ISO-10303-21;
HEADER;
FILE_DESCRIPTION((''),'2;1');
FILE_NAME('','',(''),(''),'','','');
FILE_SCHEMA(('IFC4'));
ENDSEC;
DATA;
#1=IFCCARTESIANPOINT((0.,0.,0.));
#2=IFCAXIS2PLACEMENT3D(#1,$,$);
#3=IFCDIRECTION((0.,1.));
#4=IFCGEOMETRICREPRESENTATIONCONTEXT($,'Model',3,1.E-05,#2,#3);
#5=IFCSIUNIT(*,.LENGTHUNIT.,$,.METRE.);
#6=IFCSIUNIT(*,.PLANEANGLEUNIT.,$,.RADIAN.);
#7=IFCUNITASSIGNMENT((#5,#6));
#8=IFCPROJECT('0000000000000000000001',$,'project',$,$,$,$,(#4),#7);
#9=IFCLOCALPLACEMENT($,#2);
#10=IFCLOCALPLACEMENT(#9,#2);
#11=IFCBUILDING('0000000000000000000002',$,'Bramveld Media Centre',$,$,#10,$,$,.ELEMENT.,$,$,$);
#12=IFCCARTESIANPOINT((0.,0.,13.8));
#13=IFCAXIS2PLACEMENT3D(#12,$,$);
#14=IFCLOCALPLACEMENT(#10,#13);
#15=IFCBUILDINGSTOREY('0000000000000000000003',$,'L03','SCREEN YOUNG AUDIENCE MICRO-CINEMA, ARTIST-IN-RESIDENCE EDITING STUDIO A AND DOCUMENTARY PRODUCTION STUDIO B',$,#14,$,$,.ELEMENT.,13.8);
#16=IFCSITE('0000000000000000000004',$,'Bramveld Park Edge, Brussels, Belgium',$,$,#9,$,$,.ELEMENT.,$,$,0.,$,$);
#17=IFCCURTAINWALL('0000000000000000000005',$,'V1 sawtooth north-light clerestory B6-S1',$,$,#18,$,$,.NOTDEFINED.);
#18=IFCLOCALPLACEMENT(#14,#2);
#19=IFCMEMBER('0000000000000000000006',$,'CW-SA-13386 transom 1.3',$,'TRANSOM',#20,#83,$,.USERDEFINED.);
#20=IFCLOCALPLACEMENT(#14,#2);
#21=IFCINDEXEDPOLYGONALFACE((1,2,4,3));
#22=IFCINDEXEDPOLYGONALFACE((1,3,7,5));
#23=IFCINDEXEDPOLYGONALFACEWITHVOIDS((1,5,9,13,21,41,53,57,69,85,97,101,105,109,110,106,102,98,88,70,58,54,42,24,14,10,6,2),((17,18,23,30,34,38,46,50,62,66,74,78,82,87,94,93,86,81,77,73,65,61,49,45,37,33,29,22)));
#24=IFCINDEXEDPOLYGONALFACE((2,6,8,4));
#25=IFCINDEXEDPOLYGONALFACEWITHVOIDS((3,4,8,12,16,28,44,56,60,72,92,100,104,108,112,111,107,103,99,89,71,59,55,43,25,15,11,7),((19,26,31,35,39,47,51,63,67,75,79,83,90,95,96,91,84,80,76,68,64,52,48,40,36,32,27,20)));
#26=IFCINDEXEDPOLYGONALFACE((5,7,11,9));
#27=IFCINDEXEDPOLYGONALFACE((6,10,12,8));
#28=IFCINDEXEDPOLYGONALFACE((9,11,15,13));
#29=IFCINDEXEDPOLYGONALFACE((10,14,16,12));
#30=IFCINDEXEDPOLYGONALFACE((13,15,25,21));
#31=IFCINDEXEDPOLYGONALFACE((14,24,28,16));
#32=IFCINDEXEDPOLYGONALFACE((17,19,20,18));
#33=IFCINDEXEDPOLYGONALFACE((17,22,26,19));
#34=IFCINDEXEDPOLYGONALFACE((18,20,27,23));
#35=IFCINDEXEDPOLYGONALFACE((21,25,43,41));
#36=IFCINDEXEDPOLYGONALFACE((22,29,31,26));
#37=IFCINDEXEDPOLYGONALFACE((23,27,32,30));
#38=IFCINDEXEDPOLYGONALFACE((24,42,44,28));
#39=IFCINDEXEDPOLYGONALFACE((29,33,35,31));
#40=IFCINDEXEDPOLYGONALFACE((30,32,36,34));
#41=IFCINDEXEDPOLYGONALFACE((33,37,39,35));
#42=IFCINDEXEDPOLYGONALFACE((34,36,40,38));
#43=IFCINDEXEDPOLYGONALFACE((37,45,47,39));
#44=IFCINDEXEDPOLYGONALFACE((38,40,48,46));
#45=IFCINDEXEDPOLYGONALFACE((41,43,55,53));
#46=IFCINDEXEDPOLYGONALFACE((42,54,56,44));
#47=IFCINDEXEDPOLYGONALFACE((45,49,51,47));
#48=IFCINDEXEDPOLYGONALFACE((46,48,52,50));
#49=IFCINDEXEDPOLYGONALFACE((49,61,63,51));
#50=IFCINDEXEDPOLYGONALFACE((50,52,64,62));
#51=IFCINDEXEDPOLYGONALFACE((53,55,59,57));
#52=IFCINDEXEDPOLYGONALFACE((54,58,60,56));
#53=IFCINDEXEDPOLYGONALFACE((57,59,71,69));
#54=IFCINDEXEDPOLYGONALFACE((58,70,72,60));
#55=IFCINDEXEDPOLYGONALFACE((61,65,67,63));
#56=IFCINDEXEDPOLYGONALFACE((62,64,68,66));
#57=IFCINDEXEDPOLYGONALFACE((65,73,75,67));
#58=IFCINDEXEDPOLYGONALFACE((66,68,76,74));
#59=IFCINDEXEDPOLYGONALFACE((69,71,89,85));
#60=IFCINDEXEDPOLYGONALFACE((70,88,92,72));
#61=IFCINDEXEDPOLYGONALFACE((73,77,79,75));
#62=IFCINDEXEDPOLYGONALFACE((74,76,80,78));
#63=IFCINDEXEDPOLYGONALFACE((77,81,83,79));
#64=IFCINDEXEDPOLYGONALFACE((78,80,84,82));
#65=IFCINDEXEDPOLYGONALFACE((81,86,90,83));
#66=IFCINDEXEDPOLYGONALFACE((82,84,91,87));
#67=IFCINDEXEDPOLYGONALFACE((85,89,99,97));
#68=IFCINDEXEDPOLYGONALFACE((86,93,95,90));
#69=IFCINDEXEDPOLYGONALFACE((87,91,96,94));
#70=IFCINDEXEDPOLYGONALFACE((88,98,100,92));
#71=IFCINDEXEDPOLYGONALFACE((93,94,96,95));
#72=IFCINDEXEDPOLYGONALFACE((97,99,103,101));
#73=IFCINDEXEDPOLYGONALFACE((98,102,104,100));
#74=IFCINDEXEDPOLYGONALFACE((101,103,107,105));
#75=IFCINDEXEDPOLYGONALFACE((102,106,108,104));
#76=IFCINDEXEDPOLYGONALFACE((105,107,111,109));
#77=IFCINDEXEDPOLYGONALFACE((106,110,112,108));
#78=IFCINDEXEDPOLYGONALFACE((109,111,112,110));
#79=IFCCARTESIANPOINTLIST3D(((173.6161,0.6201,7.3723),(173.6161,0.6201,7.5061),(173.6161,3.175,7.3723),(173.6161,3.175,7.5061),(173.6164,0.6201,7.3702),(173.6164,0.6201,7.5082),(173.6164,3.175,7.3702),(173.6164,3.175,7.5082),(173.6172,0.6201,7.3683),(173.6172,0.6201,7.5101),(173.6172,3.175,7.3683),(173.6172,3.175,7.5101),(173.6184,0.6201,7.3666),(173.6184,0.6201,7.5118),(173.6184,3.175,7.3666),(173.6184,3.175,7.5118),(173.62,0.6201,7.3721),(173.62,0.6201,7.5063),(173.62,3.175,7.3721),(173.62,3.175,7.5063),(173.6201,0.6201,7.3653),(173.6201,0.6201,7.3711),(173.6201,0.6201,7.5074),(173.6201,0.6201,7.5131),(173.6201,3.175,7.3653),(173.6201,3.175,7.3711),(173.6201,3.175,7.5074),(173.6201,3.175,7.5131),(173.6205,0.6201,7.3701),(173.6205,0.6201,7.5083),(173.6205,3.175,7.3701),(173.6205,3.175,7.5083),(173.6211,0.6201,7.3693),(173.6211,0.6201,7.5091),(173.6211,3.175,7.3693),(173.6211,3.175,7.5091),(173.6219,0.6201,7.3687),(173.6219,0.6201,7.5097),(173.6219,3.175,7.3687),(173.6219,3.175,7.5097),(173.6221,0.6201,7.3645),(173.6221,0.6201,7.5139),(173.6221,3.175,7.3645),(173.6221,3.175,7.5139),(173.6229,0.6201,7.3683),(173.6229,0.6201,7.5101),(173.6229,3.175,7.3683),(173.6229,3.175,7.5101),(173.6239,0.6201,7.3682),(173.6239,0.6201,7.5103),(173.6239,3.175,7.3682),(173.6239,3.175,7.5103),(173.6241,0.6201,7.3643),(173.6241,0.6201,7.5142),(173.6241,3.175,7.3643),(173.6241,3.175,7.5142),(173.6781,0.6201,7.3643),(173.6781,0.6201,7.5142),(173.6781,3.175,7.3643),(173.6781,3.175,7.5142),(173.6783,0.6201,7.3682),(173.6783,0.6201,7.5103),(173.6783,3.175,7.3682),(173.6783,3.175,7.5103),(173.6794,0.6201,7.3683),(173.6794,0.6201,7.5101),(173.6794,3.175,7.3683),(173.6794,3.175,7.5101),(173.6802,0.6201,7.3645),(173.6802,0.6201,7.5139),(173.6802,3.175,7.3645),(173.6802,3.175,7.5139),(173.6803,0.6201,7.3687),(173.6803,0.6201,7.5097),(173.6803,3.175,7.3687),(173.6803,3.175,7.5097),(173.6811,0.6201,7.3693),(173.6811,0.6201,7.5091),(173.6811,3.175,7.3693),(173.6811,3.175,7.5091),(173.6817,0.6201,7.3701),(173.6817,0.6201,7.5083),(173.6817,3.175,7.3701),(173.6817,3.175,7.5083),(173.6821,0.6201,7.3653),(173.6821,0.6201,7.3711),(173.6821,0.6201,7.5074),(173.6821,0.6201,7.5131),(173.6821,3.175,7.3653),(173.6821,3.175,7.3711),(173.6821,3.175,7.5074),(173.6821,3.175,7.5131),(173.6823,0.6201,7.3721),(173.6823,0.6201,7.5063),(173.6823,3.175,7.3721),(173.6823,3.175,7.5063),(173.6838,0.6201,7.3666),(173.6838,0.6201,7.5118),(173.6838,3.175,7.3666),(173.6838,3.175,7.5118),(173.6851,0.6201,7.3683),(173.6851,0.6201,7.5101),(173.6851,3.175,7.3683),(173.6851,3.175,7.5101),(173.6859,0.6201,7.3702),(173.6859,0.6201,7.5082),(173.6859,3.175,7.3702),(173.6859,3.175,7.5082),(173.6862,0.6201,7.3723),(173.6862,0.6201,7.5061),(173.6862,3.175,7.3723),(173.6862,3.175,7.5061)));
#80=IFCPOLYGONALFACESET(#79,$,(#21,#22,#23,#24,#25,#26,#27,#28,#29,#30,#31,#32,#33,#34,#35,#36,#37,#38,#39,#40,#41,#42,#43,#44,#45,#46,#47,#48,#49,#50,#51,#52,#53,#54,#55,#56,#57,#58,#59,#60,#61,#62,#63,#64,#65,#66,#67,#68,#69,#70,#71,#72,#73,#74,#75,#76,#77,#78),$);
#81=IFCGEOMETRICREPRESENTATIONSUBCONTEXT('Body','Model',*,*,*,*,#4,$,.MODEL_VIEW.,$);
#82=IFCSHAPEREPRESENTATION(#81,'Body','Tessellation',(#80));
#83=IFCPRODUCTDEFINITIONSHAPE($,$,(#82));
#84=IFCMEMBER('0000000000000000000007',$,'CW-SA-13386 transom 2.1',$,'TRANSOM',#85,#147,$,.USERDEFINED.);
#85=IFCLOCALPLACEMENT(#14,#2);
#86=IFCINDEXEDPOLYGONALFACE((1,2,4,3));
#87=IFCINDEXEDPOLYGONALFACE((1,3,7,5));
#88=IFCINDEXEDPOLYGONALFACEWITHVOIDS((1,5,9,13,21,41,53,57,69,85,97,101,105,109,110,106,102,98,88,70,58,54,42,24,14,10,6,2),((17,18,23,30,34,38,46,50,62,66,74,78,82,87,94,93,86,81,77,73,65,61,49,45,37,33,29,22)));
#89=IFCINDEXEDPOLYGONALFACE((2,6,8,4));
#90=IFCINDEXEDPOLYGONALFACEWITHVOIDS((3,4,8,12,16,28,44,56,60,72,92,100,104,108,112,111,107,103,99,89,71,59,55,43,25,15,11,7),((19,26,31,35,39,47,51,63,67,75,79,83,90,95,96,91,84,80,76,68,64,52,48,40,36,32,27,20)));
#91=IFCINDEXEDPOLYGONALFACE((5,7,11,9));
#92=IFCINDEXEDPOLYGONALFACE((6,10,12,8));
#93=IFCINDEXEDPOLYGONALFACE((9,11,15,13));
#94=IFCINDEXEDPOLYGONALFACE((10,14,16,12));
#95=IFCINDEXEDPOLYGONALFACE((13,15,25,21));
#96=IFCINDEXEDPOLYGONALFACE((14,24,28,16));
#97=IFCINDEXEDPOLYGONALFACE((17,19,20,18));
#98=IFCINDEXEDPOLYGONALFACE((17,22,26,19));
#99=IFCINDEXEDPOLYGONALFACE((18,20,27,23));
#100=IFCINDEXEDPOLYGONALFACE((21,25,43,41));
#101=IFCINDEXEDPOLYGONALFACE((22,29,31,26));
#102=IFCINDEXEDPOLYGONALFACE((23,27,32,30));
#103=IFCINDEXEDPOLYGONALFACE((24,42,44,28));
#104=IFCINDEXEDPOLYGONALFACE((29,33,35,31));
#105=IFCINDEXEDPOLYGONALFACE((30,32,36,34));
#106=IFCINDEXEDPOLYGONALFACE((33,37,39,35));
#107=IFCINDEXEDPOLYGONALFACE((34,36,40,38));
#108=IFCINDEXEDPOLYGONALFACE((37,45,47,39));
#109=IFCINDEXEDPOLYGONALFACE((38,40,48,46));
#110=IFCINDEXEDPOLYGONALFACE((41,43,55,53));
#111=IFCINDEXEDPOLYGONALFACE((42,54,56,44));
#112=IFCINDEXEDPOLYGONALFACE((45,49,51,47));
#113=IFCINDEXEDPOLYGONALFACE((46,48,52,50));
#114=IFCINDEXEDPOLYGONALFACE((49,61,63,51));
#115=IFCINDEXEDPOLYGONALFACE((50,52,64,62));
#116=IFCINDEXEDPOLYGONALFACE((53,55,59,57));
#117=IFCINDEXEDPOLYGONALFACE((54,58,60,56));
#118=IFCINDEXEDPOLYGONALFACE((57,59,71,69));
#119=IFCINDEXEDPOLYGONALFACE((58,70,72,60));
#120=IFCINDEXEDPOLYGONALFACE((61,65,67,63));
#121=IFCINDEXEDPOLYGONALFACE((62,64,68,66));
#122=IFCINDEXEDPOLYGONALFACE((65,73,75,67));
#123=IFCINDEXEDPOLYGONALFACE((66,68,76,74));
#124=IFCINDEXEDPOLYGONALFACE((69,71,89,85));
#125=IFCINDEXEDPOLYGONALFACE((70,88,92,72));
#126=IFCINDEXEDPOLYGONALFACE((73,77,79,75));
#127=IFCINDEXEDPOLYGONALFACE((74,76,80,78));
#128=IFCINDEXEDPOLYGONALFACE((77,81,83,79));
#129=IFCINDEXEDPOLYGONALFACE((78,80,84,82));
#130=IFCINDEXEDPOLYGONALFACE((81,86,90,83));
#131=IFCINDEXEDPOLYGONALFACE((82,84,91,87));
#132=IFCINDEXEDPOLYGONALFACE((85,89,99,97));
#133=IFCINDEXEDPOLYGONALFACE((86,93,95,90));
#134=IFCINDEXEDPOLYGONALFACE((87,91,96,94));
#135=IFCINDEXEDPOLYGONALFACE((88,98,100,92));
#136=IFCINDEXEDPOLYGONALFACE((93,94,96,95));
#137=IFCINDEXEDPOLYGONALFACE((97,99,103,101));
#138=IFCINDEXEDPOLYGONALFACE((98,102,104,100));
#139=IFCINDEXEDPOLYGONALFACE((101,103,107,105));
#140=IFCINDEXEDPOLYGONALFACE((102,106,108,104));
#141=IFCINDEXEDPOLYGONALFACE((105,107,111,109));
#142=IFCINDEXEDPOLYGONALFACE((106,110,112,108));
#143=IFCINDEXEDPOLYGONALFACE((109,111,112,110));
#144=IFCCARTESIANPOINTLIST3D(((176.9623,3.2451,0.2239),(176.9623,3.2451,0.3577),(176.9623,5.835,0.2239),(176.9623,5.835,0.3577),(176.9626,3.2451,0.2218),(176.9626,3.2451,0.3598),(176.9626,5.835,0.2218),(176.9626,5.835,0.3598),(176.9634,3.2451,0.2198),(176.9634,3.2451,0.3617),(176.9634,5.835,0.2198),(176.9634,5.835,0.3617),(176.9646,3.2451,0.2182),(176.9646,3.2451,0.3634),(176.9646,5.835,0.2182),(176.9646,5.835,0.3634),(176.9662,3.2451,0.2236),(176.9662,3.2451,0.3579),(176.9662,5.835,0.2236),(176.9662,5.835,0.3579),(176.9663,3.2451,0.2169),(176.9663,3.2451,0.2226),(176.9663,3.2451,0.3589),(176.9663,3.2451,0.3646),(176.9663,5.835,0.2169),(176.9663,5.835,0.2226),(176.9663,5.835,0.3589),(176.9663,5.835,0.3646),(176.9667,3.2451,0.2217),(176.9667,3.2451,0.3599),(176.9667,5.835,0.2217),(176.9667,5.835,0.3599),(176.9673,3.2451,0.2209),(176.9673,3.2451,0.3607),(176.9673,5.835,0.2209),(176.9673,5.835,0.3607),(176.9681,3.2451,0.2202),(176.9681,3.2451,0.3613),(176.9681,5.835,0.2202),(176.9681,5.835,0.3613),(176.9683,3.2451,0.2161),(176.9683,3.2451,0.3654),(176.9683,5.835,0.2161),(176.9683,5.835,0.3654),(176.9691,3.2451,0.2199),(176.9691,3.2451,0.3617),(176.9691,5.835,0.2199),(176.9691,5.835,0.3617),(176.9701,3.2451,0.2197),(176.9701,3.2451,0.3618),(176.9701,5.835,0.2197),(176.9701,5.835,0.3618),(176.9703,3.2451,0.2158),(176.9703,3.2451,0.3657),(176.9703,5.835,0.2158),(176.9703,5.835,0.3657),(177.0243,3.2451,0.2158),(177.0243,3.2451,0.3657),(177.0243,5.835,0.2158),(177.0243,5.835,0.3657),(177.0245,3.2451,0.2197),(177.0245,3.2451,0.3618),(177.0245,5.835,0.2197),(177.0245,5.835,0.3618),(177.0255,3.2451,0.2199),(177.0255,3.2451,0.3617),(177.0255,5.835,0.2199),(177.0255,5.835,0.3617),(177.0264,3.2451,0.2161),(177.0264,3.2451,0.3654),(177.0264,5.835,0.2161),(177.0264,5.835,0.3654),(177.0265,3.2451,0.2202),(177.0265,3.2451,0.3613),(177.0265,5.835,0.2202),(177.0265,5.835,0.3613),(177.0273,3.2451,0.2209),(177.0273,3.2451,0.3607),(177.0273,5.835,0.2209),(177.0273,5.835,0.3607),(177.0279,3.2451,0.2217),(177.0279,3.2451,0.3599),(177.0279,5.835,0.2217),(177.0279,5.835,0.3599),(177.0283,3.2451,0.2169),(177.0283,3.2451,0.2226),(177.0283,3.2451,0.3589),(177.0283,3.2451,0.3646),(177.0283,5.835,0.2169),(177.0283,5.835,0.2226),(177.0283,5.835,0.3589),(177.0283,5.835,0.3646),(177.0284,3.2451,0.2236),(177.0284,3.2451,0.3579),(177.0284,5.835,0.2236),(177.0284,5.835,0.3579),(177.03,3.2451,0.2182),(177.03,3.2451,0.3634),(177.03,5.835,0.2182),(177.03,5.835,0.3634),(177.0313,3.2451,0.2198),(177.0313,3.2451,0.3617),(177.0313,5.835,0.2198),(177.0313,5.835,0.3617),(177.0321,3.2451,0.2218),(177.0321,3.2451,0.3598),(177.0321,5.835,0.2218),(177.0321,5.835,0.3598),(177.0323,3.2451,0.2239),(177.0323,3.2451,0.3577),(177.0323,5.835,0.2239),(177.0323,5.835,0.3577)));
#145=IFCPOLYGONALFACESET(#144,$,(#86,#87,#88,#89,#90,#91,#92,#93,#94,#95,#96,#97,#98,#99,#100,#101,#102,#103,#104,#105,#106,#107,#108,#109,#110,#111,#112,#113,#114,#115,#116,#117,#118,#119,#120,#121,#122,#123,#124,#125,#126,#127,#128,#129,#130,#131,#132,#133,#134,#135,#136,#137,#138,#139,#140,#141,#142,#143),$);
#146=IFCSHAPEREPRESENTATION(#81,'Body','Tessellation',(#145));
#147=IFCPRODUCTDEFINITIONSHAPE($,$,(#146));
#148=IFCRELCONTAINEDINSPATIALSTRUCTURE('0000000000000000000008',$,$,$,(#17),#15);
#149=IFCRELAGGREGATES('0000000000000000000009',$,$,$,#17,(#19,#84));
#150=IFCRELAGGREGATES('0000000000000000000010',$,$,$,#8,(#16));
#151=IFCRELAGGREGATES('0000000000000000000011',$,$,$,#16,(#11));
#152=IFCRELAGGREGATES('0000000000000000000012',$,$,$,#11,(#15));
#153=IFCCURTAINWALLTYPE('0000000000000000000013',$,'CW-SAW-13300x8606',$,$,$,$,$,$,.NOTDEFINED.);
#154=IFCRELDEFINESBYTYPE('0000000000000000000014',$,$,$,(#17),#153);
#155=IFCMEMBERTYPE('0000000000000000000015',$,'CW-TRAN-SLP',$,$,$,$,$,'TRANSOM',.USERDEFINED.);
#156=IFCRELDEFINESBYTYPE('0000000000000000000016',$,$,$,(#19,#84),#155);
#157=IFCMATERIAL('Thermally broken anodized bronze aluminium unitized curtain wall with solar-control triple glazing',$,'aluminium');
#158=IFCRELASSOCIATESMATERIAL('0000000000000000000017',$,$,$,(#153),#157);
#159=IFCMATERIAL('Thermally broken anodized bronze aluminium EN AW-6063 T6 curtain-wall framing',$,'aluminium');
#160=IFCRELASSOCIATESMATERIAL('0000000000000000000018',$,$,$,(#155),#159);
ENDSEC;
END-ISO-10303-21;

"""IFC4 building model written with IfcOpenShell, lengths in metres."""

from ifc_helpers import new_model, si_unit, direction, frame, origin, origin_2d, place, context, subcontext, project, spatial, hollow_rectangle, extrude, material, material_profile, profile_set, type_object, element, aggregate, save


model = new_model("IFC4")

# Units and contexts
model_context = context("Model", 3, precision=1e-05, world=origin(), true_north=direction((0.0, 1.0)))
body_context = subcontext(model_context, "Body", "Model", "MODEL_VIEW")
ifc_project = project(units=[si_unit("LENGTHUNIT", "METRE"), si_unit("PLANEANGLEUNIT", "RADIAN")], contexts=[model_context])

# Site, building, storey
site_placement = place(None, origin())
site = spatial("IfcSite", under=ifc_project, at=site_placement, Name="Bramveld Park Edge, Brussels, Belgium", CompositionType="ELEMENT", RefElevation=0.0)
building_placement = place(site_placement, origin())
building = spatial("IfcBuilding", under=site, at=building_placement, Name="Bramveld Media Centre", CompositionType="ELEMENT")
storey_placement = place(building_placement, frame((0.0, 0.0, 13.8)))
storey = spatial("IfcBuildingStorey", under=building, at=storey_placement, Name="L03", Description="SCREEN YOUNG AUDIENCE MICRO-CINEMA, ARTIST-IN-RESIDENCE EDITING STUDIO A AND DOCUMENTARY PRODUCTION STUDIO B", CompositionType="ELEMENT", Elevation=13.8)

# Curtain wall, members
ifc_material_1 = material(Name="Thermally broken anodized bronze aluminium unitized curtain wall with solar-control triple glazing", Category="aluminium")
curtain_wall_type = type_object("IfcCurtainWallType", Name="CW-SAW-13300x8606", PredefinedType="NOTDEFINED", material=ifc_material_1)
curtain_wall_placement = place(storey_placement, origin())
curtain_wall = element("IfcCurtainWall", 1, at=curtain_wall_placement, inside=storey, type_object=curtain_wall_type, Name="V1 sawtooth north-light clerestory B6-S1", PredefinedType="NOTDEFINED")
ifc_material_2 = material(Name="Thermally broken anodized bronze aluminium EN AW-6063 T6 curtain-wall framing", Category="aluminium")
ifc_material_profile_1 = material_profile(ifc_material_2, hollow_rectangle(XDim=0.0701, YDim=0.1499, WallThickness=0.0039, InnerFilletRadius=0.0039, OuterFilletRadius=0.0081, at=origin_2d()), Name="AL-TRAN 70x150")
ifc_profile_set_1 = profile_set([ifc_material_profile_1], Name="Thermally broken anodized bronze aluminium EN AW-6063 T6 curtain-wall framing")
member_type_1 = type_object("IfcMemberType", Name="CW-TRAN-SLP", ElementType="TRANSOM", PredefinedType="USERDEFINED", material=ifc_profile_set_1)
member_1_placement = place(storey_placement, frame((173.6511, 0.6201, 7.4392), z_axis=(0.0, 1.0, 0.0), x_axis=(-1.0, 0.0, 0.0)))
member_1 = element("IfcMember", 2, at=member_1_placement, type_object=member_type_1, Name="CW-SA-13386 transom 1.3", ObjectType="TRANSOM", PredefinedType="USERDEFINED", context=body_context, shape_type="SweptSolid", body=[
    extrude(hollow_rectangle(XDim=0.0701, YDim=0.1499, WallThickness=0.0039, InnerFilletRadius=0.0039, OuterFilletRadius=0.0081, at=origin_2d()), origin(), (0.0, 0.0, 1.0), 2.5549),
])
member_2_placement = place(storey_placement, frame((176.9973, 3.2451, 0.2908), z_axis=(0.0, 1.0, 0.0), x_axis=(-1.0, 0.0, 0.0)))
member_2 = element("IfcMember", 3, at=member_2_placement, type_object=member_type_1, Name="CW-SA-13386 transom 2.1", ObjectType="TRANSOM", PredefinedType="USERDEFINED", context=body_context, shape_type="SweptSolid", body=[
    extrude(hollow_rectangle(XDim=0.0701, YDim=0.1499, WallThickness=0.0039, InnerFilletRadius=0.0039, OuterFilletRadius=0.0081, at=origin_2d()), origin(), (0.0, 0.0, 1.0), 2.5898),
])

aggregate(curtain_wall, [member_1, member_2])

save(model, "model.ifc")
